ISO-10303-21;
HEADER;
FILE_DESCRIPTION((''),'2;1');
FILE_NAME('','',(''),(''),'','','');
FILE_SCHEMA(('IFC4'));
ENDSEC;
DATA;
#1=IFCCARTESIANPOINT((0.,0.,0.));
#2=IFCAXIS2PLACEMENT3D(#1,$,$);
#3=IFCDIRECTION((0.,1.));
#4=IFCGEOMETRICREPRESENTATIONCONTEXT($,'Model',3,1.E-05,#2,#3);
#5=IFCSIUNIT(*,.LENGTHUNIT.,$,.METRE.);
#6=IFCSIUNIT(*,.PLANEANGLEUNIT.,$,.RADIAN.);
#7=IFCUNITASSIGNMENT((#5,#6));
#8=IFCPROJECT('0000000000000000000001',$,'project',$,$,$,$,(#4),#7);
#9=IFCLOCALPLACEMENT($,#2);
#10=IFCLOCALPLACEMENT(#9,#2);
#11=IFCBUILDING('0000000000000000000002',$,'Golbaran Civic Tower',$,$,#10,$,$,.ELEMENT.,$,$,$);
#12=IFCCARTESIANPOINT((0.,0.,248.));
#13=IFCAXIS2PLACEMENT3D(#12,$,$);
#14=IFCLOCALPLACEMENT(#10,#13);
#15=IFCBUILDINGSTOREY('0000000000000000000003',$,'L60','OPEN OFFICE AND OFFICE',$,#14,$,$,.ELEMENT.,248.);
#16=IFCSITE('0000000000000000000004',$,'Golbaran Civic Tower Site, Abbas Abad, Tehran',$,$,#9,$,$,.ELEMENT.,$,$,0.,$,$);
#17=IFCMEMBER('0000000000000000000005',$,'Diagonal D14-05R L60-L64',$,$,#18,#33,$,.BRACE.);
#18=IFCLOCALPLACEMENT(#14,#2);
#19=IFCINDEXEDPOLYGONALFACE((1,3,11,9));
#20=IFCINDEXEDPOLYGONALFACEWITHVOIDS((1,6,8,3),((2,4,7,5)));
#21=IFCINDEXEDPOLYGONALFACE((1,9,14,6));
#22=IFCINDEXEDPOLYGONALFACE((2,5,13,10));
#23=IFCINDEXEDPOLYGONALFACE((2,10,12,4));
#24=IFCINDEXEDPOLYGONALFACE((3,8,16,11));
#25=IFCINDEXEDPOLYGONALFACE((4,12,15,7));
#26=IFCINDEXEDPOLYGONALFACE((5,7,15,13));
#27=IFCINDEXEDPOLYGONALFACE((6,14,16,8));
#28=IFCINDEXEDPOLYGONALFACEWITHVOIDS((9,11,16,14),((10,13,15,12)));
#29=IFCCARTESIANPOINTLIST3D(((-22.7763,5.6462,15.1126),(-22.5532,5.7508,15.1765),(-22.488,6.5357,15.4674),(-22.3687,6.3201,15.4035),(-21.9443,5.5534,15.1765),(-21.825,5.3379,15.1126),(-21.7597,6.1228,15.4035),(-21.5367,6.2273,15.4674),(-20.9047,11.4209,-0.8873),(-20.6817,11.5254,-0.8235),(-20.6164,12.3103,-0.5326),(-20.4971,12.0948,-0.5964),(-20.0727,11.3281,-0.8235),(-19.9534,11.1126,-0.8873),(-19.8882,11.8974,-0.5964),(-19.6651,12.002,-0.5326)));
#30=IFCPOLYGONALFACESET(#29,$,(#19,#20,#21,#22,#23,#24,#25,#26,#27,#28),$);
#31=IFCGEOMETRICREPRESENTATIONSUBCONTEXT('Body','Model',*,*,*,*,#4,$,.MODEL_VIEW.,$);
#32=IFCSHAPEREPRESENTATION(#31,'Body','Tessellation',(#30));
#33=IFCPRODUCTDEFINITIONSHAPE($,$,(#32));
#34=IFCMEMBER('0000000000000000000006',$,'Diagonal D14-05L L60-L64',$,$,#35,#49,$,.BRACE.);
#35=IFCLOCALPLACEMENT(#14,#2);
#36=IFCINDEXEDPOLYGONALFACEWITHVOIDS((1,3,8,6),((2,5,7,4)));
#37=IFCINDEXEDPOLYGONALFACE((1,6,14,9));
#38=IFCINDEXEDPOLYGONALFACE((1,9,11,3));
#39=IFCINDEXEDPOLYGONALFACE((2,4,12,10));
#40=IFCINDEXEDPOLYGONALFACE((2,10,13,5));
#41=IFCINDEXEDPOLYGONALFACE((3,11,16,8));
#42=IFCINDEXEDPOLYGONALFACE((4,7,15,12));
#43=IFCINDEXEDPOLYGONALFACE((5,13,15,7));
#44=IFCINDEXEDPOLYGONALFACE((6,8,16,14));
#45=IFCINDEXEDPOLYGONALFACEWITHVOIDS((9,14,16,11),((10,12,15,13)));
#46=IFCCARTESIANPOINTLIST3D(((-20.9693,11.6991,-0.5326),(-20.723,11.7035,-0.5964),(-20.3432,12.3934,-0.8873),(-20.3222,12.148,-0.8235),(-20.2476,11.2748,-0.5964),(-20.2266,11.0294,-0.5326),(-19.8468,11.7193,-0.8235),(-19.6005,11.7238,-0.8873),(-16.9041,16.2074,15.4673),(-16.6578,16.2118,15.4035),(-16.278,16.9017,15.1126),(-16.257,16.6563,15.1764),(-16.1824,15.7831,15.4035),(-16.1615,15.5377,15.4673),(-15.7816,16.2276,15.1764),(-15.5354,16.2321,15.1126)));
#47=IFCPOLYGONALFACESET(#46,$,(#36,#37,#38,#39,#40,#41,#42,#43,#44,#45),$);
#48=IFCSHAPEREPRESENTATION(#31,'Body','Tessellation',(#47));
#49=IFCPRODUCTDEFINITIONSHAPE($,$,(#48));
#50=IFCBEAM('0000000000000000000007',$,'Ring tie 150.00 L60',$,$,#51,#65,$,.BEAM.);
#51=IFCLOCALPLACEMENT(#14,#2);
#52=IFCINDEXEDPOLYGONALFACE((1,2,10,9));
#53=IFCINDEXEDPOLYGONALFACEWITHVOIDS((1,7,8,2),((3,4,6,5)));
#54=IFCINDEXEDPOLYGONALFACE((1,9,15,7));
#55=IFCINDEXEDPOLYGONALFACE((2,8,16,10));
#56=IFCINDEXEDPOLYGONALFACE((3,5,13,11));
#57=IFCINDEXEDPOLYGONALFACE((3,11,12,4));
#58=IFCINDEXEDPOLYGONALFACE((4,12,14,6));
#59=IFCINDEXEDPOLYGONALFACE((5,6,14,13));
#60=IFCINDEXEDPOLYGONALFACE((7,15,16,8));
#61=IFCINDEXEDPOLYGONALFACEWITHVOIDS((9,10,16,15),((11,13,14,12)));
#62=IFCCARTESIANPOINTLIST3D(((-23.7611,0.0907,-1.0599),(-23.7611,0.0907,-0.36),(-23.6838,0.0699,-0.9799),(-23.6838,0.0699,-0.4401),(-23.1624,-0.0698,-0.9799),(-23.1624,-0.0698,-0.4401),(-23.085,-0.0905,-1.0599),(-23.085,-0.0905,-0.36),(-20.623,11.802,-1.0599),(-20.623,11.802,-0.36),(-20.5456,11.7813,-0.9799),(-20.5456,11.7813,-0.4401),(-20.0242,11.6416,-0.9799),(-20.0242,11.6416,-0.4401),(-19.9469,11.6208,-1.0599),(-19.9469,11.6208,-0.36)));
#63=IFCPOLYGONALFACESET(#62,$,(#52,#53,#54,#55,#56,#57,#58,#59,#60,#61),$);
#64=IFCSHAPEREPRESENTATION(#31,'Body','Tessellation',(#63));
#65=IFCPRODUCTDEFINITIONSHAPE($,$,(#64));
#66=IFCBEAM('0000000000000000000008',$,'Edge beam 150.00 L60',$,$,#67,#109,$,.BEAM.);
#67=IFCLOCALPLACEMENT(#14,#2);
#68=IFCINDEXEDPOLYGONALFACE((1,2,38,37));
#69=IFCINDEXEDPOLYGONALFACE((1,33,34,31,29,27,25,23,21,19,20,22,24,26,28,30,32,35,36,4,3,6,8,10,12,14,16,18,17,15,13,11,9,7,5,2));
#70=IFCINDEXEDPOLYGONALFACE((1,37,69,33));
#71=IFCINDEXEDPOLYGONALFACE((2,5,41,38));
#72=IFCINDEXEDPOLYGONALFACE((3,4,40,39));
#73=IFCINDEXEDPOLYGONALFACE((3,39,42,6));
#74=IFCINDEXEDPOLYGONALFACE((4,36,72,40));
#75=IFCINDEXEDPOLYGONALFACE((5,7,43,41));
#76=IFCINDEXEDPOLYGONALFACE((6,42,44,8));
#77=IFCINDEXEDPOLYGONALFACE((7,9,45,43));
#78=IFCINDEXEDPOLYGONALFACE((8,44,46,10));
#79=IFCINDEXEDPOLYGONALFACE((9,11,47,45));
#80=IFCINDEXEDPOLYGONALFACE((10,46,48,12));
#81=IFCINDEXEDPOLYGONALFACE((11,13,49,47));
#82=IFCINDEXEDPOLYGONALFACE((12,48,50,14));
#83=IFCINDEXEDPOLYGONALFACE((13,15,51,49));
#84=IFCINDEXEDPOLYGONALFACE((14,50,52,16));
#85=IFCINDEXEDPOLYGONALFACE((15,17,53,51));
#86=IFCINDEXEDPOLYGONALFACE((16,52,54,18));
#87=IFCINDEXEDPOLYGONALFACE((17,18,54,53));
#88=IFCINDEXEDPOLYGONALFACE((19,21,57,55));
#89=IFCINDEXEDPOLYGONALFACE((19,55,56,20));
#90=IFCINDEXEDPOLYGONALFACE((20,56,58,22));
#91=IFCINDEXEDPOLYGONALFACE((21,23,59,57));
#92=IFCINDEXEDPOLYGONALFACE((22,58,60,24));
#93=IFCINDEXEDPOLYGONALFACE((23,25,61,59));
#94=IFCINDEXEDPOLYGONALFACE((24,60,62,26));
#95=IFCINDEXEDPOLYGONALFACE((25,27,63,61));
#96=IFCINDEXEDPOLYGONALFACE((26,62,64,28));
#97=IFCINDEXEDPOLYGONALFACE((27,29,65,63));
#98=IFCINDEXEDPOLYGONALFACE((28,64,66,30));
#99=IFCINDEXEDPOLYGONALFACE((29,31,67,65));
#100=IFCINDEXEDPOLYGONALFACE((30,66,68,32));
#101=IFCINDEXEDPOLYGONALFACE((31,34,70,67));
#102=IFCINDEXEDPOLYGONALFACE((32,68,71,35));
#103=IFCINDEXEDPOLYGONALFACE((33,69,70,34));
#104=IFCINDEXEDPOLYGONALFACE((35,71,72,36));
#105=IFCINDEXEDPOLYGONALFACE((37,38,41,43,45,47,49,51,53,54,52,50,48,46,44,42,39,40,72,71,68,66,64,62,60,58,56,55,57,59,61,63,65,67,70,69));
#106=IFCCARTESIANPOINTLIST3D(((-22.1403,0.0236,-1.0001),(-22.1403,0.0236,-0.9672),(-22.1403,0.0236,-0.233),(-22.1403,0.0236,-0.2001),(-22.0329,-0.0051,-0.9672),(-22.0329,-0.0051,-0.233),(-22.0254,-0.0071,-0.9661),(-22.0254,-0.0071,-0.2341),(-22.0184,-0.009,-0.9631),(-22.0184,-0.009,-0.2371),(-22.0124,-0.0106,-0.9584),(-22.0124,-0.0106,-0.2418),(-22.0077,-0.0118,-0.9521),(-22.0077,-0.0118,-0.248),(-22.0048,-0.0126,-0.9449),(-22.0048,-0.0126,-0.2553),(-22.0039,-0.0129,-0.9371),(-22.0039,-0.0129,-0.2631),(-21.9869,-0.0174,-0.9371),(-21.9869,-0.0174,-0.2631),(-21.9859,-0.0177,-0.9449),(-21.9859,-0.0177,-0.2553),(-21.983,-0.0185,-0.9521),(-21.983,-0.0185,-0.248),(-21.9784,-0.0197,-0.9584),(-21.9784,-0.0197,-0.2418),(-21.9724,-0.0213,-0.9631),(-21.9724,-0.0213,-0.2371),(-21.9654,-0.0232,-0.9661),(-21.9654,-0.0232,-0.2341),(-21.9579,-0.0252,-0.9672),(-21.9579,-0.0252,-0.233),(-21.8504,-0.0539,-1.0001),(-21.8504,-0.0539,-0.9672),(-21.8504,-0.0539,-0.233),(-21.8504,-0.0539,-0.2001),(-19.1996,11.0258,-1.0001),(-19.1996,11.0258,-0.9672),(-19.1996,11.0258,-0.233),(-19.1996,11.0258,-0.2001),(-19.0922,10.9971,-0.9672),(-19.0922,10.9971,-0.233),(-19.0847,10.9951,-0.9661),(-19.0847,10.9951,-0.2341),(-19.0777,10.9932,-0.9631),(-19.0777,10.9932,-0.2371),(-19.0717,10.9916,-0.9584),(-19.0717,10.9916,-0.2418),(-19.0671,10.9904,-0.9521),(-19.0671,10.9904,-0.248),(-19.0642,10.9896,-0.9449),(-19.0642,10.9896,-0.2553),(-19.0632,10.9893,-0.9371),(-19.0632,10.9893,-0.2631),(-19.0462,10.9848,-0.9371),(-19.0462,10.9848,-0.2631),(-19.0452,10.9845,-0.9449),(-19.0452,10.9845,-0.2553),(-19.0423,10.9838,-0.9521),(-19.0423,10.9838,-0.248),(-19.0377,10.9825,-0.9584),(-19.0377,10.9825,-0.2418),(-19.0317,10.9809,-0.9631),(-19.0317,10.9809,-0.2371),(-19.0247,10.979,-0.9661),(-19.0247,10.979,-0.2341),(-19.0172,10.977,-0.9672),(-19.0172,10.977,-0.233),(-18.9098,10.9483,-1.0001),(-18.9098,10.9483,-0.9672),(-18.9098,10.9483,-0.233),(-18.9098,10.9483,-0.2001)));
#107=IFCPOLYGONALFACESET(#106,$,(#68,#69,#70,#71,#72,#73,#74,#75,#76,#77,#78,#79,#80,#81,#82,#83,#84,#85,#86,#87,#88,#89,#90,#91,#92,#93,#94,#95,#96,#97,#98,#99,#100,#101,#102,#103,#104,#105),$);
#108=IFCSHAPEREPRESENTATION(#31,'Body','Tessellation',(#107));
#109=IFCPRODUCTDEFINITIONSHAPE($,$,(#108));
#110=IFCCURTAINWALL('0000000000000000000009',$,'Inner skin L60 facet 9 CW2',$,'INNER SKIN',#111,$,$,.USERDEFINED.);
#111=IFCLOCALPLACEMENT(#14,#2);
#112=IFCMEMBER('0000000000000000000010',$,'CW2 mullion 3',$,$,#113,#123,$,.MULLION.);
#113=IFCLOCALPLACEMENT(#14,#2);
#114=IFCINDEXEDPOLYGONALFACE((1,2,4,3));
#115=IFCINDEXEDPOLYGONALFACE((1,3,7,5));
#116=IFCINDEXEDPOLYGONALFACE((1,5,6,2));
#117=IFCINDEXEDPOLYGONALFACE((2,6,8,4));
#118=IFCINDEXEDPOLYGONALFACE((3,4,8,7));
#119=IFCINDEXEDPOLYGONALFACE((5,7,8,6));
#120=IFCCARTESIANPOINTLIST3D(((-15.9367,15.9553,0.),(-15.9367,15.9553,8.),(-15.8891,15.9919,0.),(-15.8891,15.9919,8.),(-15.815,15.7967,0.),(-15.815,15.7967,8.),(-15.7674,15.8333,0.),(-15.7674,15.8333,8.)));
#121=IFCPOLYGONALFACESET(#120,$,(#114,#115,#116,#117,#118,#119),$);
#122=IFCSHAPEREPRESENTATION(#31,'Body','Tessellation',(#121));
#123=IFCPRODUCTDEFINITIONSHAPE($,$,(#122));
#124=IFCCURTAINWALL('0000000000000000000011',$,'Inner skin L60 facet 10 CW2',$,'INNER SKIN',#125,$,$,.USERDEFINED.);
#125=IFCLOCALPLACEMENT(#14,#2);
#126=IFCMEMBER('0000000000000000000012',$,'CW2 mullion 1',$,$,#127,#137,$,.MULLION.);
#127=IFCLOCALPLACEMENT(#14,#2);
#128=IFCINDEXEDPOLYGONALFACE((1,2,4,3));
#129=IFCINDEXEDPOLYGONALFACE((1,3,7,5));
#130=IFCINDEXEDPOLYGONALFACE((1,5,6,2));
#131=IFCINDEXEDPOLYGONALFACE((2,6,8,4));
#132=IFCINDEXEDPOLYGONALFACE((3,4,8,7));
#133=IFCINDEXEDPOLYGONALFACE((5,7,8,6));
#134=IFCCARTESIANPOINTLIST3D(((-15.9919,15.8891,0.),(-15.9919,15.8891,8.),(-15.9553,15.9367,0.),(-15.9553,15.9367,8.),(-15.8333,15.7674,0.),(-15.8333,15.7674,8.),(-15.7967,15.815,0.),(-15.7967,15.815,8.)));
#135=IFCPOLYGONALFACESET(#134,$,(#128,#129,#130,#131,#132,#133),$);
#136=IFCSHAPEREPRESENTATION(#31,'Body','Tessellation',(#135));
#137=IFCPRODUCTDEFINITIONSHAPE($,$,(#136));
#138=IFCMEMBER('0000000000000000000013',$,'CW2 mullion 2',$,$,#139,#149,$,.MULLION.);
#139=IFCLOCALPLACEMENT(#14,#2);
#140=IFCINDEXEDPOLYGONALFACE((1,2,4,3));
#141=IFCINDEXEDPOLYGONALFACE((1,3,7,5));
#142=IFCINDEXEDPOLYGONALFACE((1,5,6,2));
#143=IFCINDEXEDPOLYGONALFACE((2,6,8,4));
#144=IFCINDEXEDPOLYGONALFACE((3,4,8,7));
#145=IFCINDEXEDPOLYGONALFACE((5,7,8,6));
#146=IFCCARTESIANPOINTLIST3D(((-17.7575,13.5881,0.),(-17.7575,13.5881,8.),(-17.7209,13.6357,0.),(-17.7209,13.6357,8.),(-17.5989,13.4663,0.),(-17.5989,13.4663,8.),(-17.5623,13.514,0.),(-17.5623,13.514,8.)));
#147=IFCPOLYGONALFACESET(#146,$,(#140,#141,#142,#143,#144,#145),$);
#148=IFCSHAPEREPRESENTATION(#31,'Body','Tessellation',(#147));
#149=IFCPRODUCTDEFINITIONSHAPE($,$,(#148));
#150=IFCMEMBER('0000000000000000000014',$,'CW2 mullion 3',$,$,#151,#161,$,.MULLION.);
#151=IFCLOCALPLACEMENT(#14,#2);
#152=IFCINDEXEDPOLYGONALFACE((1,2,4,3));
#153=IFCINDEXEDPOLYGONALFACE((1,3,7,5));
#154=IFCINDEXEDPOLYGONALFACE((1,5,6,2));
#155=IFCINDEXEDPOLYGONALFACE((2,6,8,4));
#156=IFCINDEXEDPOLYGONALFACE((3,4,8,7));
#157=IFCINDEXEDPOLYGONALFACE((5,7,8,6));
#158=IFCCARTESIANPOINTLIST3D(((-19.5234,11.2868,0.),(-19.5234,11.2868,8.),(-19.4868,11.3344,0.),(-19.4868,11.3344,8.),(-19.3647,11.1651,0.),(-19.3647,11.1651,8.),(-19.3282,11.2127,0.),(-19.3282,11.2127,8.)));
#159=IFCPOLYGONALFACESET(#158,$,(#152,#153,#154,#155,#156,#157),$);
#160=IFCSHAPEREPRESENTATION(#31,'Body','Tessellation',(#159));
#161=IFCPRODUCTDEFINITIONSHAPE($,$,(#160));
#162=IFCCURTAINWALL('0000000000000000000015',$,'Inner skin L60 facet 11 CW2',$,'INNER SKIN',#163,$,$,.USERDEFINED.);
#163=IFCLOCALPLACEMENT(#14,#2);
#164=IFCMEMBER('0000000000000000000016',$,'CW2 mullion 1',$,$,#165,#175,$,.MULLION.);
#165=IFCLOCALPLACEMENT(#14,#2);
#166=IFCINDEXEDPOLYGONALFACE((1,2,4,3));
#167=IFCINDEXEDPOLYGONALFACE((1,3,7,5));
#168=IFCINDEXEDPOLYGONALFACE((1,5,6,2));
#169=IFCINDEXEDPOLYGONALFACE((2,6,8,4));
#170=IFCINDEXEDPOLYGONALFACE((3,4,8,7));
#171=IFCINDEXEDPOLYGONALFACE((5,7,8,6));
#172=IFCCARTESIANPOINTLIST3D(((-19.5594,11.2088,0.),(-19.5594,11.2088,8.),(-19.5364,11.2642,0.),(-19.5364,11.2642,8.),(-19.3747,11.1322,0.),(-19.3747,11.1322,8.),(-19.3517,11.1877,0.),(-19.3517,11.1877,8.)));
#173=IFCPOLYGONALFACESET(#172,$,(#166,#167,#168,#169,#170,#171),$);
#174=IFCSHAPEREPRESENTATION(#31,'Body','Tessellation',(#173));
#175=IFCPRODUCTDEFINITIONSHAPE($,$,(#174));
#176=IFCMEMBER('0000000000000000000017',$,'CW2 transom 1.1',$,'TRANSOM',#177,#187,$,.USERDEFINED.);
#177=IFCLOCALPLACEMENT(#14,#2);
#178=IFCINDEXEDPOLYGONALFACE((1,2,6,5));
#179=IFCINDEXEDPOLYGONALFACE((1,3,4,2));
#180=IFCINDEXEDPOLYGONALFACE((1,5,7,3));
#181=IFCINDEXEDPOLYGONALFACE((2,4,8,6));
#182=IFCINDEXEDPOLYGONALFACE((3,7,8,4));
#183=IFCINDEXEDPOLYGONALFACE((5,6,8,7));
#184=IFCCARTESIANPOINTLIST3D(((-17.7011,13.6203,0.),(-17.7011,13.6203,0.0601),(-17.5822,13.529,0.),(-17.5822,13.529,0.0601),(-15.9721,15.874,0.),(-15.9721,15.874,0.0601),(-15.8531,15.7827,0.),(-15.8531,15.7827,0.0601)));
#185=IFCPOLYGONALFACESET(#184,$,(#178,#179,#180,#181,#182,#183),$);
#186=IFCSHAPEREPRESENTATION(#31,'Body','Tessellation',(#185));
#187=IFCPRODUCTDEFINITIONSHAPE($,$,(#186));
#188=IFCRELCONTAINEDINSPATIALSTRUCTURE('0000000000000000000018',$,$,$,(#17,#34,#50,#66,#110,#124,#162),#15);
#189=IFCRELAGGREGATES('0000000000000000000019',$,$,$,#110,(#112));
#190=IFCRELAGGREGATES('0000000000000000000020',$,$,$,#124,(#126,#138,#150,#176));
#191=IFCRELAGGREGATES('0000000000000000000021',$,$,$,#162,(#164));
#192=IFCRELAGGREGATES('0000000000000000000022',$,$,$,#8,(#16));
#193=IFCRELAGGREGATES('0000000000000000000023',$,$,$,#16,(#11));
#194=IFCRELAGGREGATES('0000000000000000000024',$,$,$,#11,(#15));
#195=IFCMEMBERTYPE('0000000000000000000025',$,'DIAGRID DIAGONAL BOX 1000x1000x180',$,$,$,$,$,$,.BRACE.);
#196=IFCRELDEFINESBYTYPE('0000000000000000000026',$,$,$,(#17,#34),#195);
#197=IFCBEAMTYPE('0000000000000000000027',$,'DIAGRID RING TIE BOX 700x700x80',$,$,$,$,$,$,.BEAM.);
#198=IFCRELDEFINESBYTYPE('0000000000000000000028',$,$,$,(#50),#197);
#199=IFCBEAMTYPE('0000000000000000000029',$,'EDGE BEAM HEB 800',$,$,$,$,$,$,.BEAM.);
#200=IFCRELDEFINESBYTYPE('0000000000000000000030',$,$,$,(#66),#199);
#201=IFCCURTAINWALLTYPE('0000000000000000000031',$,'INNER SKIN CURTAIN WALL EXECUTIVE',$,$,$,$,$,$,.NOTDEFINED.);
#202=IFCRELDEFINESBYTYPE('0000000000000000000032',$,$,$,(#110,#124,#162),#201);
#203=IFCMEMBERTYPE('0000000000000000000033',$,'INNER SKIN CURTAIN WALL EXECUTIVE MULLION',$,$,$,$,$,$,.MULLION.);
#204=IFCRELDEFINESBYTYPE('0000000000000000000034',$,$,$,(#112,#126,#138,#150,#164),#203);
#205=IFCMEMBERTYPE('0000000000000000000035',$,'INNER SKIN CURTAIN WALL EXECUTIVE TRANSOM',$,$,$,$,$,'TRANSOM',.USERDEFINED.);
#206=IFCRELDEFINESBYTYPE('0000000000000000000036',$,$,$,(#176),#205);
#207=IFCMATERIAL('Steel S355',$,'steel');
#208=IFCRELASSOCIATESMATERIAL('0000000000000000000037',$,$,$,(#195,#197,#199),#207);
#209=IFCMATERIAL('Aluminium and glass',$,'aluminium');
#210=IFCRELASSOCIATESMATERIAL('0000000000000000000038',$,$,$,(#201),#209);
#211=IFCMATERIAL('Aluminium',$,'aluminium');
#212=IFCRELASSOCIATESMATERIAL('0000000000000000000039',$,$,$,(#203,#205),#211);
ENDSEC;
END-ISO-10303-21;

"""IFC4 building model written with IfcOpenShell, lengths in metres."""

from ifc_helpers import new_model, si_unit, direction, frame, origin, origin_2d, place, context, subcontext, project, spatial, rectangle, hollow_rectangle, i_section, extrude, material, material_profile, profile_set, type_object, element, aggregate, save


model = new_model("IFC4")

# Units and contexts
model_context = context("Model", 3, precision=1e-05, world=origin(), true_north=direction((0.0, 1.0)))
body_context = subcontext(model_context, "Body", "Model", "MODEL_VIEW")
ifc_project = project(units=[si_unit("LENGTHUNIT", "METRE"), si_unit("PLANEANGLEUNIT", "RADIAN")], contexts=[model_context])

# Site, building, storey
site_placement = place(None, origin())
site = spatial("IfcSite", under=ifc_project, at=site_placement, Name="Golbaran Civic Tower Site, Abbas Abad, Tehran", CompositionType="ELEMENT", RefElevation=0.0)
building_placement = place(site_placement, origin())
building = spatial("IfcBuilding", under=site, at=building_placement, Name="Golbaran Civic Tower", CompositionType="ELEMENT")
storey_placement = place(building_placement, frame((0.0, 0.0, 248.0)))
storey = spatial("IfcBuildingStorey", under=building, at=storey_placement, Name="L60", Description="OPEN OFFICE AND OFFICE", CompositionType="ELEMENT", Elevation=248.0)

# Members
ifc_material_1 = material(Name="Steel S355", Category="steel")
ifc_material_profile_1 = material_profile(ifc_material_1, hollow_rectangle(XDim=1.0, YDim=1.0, WallThickness=0.1799, at=origin_2d()), Name="BOX 1000x1000x180")
ifc_profile_set_1 = profile_set([ifc_material_profile_1], Name="Steel S355")
member_type_1 = type_object("IfcMemberType", Name="DIAGRID DIAGONAL BOX 1000x1000x180", PredefinedType="BRACE", material=ifc_profile_set_1)
for number, where, z_axis, x_axis, name in (
    (1, (-20.2849, 11.7114, -0.71), (-0.109367, -0.337446, 0.93497), (0.951285, -0.308314, 0.0), "Diagonal D14-05R L60-L64"),
    (2, (-20.2849, 11.7114, -0.71), (0.237551, 0.263445, 0.934969), (-0.742662, 0.669667, 0.0), "Diagonal D14-05L L60-L64"),
):
    element("IfcMember", number, at=place(storey_placement, frame(where, z_axis=z_axis, x_axis=x_axis)), inside=storey, type_object=member_type_1, Name=name, PredefinedType="BRACE", context=body_context, shape_type="SweptSolid", body=[
        extrude(hollow_rectangle(XDim=1.0, YDim=1.0, WallThickness=0.1799, at=origin_2d()), origin(), (0.0, 0.0, 1.0), 17.1128),
    ])

# Beams
ifc_material_profile_2 = material_profile(ifc_material_1, hollow_rectangle(XDim=0.7, YDim=0.7, WallThickness=0.0801, at=origin_2d()), Name="BOX 700x700x80")
ifc_profile_set_2 = profile_set([ifc_material_profile_2], Name="Steel S355")
beam_type_1 = type_object("IfcBeamType", Name="DIAGRID RING TIE BOX 700x700x80", PredefinedType="BEAM", material=ifc_profile_set_2)
beam_1_placement = place(storey_placement, frame((-20.2849, 11.7114, -0.71), z_axis=(-0.258828, -0.965923, 0.0), x_axis=(0.965923, -0.258828, 0.0)))
element("IfcBeam", 3, at=beam_1_placement, inside=storey, type_object=beam_type_1, Name="Ring tie 150.00 L60", PredefinedType="BEAM", context=body_context, shape_type="SweptSolid", body=[
    extrude(hollow_rectangle(XDim=0.7, YDim=0.7, WallThickness=0.0801, at=origin_2d()), origin(), (0.0, 0.0, 1.0), 12.1245),
])
ifc_material_profile_3 = material_profile(ifc_material_1, i_section(OverallWidth=0.3, OverallDepth=0.8, WebThickness=0.0176, FlangeThickness=0.033, FilletRadius=0.03, at=origin_2d()), Name="HEB 800")
ifc_profile_set_3 = profile_set([ifc_material_profile_3], Name="Steel S355")
beam_type_2 = type_object("IfcBeamType", Name="EDGE BEAM HEB 800", PredefinedType="BEAM", material=ifc_profile_set_3)
beam_2_placement = place(storey_placement, frame((-19.0547, 10.9871, -0.6001), z_axis=(-0.258216, -0.966087, 0.0), x_axis=(0.966087, -0.258216, 0.0)))
element("IfcBeam", 4, at=beam_2_placement, inside=storey, type_object=beam_type_2, Name="Edge beam 150.00 L60", PredefinedType="BEAM", context=body_context, shape_type="SweptSolid", body=[
    extrude(i_section(OverallWidth=0.3, OverallDepth=0.8, WebThickness=0.0176, FlangeThickness=0.033, FilletRadius=0.03, at=origin_2d()), origin(), (0.0, 0.0, 1.0), 11.3884),
])

# Curtain wall, member
ifc_material_2 = material(Name="Aluminium and glass", Category="aluminium")
curtain_wall_type_1 = type_object("IfcCurtainWallType", Name="INNER SKIN CURTAIN WALL EXECUTIVE", PredefinedType="NOTDEFINED", material=ifc_material_2)
curtain_wall_1_placement = place(storey_placement, origin())
curtain_wall_1 = element("IfcCurtainWall", 5, at=curtain_wall_1_placement, inside=storey, type_object=curtain_wall_type_1, Name="Inner skin L60 facet 9 CW2", ObjectType="INNER SKIN", PredefinedType="USERDEFINED")
ifc_material_3 = material(Name="Aluminium", Category="aluminium")
ifc_material_profile_4 = material_profile(ifc_material_3, rectangle(XDim=0.2, YDim=0.0601, at=origin_2d()), Name="INNER SKIN CURTAIN WALL EXECUTIVE MULLION")
ifc_profile_set_4 = profile_set([ifc_material_profile_4], Name="Aluminium")
member_type_2 = type_object("IfcMemberType", Name="INNER SKIN CURTAIN WALL EXECUTIVE MULLION", PredefinedType="MULLION", material=ifc_profile_set_4)
member_1_placement = place(storey_placement, frame((-15.8521, 15.8943, 0.0), z_axis=(0.0, 0.0, 1.0), x_axis=(0.608761, -0.793353, 0.0)))
member_1 = element("IfcMember", 6, at=member_1_placement, type_object=member_type_2, Name="CW2 mullion 3", PredefinedType="MULLION", context=body_context, shape_type="SweptSolid", body=[
    extrude(rectangle(XDim=0.2, YDim=0.0601, at=origin_2d()), origin(), (0.0, 0.0, 1.0), 8.0),
])

# Curtain wall, members
curtain_wall_2_placement = place(storey_placement, origin())
curtain_wall_2 = element("IfcCurtainWall", 7, at=curtain_wall_2_placement, inside=storey, type_object=curtain_wall_type_1, Name="Inner skin L60 facet 10 CW2", ObjectType="INNER SKIN", PredefinedType="USERDEFINED")
member_2_placement = place(storey_placement, frame((-15.8943, 15.8521, 0.0), z_axis=(0.0, 0.0, 1.0), x_axis=(0.793353, -0.608761, 0.0)))
member_2 = element("IfcMember", 8, at=member_2_placement, type_object=member_type_2, Name="CW2 mullion 1", PredefinedType="MULLION", context=body_context, shape_type="SweptSolid", body=[
    extrude(rectangle(XDim=0.2, YDim=0.0601, at=origin_2d()), origin(), (0.0, 0.0, 1.0), 8.0),
])
member_3_placement = place(storey_placement, frame((-17.6599, 13.551, 0.0), z_axis=(0.0, 0.0, 1.0), x_axis=(0.793353, -0.608761, 0.0)))
member_3 = element("IfcMember", 9, at=member_3_placement, type_object=member_type_2, Name="CW2 mullion 2", PredefinedType="MULLION", context=body_context, shape_type="SweptSolid", body=[
    extrude(rectangle(XDim=0.2, YDim=0.0601, at=origin_2d()), origin(), (0.0, 0.0, 1.0), 8.0),
])
member_4_placement = place(storey_placement, frame((-19.4258, 11.2498, 0.0), z_axis=(0.0, 0.0, 1.0), x_axis=(0.793353, -0.608761, 0.0)))
member_4 = element("IfcMember", 10, at=member_4_placement, type_object=member_type_2, Name="CW2 mullion 3", PredefinedType="MULLION", context=body_context, shape_type="SweptSolid", body=[
    extrude(rectangle(XDim=0.2, YDim=0.0601, at=origin_2d()), origin(), (0.0, 0.0, 1.0), 8.0),
])

# Curtain wall, member
curtain_wall_3_placement = place(storey_placement, origin())
curtain_wall_3 = element("IfcCurtainWall", 11, at=curtain_wall_3_placement, inside=storey, type_object=curtain_wall_type_1, Name="Inner skin L60 facet 11 CW2", ObjectType="INNER SKIN", PredefinedType="USERDEFINED")
member_5_placement = place(storey_placement, frame((-19.4556, 11.1982, 0.0), z_axis=(0.0, 0.0, 1.0), x_axis=(0.92388, -0.382683, 0.0)))
member_5 = element("IfcMember", 12, at=member_5_placement, type_object=member_type_2, Name="CW2 mullion 1", PredefinedType="MULLION", context=body_context, shape_type="SweptSolid", body=[
    extrude(rectangle(XDim=0.2, YDim=0.0601, at=origin_2d()), origin(), (0.0, 0.0, 1.0), 8.0),
])

# Member
ifc_material_profile_5 = material_profile(ifc_material_3, rectangle(XDim=0.1499, YDim=0.0601, at=origin_2d()), Name="INNER SKIN CURTAIN WALL EXECUTIVE TRANSOM")
ifc_profile_set_5 = profile_set([ifc_material_profile_5], Name="Aluminium")
member_type_3 = type_object("IfcMemberType", Name="INNER SKIN CURTAIN WALL EXECUTIVE TRANSOM", ElementType="TRANSOM", PredefinedType="USERDEFINED", material=ifc_profile_set_5)
member_6_placement = place(storey_placement, frame((-15.9126, 15.8284, 0.03), z_axis=(-0.608697, -0.793403, 0.0), x_axis=(0.793403, -0.608697, 0.0)))
member_6 = element("IfcMember", 13, at=member_6_placement, type_object=member_type_3, Name="CW2 transom 1.1", ObjectType="TRANSOM", PredefinedType="USERDEFINED", context=body_context, shape_type="SweptSolid", body=[
    extrude(rectangle(XDim=0.1499, YDim=0.0601, at=origin_2d()), origin(), (0.0, 0.0, 1.0), 2.8406),
])

aggregate(curtain_wall_1, [member_1])
aggregate(curtain_wall_2, [member_2, member_3, member_4, member_6])
aggregate(curtain_wall_3, [member_5])

save(model, "model.ifc")
